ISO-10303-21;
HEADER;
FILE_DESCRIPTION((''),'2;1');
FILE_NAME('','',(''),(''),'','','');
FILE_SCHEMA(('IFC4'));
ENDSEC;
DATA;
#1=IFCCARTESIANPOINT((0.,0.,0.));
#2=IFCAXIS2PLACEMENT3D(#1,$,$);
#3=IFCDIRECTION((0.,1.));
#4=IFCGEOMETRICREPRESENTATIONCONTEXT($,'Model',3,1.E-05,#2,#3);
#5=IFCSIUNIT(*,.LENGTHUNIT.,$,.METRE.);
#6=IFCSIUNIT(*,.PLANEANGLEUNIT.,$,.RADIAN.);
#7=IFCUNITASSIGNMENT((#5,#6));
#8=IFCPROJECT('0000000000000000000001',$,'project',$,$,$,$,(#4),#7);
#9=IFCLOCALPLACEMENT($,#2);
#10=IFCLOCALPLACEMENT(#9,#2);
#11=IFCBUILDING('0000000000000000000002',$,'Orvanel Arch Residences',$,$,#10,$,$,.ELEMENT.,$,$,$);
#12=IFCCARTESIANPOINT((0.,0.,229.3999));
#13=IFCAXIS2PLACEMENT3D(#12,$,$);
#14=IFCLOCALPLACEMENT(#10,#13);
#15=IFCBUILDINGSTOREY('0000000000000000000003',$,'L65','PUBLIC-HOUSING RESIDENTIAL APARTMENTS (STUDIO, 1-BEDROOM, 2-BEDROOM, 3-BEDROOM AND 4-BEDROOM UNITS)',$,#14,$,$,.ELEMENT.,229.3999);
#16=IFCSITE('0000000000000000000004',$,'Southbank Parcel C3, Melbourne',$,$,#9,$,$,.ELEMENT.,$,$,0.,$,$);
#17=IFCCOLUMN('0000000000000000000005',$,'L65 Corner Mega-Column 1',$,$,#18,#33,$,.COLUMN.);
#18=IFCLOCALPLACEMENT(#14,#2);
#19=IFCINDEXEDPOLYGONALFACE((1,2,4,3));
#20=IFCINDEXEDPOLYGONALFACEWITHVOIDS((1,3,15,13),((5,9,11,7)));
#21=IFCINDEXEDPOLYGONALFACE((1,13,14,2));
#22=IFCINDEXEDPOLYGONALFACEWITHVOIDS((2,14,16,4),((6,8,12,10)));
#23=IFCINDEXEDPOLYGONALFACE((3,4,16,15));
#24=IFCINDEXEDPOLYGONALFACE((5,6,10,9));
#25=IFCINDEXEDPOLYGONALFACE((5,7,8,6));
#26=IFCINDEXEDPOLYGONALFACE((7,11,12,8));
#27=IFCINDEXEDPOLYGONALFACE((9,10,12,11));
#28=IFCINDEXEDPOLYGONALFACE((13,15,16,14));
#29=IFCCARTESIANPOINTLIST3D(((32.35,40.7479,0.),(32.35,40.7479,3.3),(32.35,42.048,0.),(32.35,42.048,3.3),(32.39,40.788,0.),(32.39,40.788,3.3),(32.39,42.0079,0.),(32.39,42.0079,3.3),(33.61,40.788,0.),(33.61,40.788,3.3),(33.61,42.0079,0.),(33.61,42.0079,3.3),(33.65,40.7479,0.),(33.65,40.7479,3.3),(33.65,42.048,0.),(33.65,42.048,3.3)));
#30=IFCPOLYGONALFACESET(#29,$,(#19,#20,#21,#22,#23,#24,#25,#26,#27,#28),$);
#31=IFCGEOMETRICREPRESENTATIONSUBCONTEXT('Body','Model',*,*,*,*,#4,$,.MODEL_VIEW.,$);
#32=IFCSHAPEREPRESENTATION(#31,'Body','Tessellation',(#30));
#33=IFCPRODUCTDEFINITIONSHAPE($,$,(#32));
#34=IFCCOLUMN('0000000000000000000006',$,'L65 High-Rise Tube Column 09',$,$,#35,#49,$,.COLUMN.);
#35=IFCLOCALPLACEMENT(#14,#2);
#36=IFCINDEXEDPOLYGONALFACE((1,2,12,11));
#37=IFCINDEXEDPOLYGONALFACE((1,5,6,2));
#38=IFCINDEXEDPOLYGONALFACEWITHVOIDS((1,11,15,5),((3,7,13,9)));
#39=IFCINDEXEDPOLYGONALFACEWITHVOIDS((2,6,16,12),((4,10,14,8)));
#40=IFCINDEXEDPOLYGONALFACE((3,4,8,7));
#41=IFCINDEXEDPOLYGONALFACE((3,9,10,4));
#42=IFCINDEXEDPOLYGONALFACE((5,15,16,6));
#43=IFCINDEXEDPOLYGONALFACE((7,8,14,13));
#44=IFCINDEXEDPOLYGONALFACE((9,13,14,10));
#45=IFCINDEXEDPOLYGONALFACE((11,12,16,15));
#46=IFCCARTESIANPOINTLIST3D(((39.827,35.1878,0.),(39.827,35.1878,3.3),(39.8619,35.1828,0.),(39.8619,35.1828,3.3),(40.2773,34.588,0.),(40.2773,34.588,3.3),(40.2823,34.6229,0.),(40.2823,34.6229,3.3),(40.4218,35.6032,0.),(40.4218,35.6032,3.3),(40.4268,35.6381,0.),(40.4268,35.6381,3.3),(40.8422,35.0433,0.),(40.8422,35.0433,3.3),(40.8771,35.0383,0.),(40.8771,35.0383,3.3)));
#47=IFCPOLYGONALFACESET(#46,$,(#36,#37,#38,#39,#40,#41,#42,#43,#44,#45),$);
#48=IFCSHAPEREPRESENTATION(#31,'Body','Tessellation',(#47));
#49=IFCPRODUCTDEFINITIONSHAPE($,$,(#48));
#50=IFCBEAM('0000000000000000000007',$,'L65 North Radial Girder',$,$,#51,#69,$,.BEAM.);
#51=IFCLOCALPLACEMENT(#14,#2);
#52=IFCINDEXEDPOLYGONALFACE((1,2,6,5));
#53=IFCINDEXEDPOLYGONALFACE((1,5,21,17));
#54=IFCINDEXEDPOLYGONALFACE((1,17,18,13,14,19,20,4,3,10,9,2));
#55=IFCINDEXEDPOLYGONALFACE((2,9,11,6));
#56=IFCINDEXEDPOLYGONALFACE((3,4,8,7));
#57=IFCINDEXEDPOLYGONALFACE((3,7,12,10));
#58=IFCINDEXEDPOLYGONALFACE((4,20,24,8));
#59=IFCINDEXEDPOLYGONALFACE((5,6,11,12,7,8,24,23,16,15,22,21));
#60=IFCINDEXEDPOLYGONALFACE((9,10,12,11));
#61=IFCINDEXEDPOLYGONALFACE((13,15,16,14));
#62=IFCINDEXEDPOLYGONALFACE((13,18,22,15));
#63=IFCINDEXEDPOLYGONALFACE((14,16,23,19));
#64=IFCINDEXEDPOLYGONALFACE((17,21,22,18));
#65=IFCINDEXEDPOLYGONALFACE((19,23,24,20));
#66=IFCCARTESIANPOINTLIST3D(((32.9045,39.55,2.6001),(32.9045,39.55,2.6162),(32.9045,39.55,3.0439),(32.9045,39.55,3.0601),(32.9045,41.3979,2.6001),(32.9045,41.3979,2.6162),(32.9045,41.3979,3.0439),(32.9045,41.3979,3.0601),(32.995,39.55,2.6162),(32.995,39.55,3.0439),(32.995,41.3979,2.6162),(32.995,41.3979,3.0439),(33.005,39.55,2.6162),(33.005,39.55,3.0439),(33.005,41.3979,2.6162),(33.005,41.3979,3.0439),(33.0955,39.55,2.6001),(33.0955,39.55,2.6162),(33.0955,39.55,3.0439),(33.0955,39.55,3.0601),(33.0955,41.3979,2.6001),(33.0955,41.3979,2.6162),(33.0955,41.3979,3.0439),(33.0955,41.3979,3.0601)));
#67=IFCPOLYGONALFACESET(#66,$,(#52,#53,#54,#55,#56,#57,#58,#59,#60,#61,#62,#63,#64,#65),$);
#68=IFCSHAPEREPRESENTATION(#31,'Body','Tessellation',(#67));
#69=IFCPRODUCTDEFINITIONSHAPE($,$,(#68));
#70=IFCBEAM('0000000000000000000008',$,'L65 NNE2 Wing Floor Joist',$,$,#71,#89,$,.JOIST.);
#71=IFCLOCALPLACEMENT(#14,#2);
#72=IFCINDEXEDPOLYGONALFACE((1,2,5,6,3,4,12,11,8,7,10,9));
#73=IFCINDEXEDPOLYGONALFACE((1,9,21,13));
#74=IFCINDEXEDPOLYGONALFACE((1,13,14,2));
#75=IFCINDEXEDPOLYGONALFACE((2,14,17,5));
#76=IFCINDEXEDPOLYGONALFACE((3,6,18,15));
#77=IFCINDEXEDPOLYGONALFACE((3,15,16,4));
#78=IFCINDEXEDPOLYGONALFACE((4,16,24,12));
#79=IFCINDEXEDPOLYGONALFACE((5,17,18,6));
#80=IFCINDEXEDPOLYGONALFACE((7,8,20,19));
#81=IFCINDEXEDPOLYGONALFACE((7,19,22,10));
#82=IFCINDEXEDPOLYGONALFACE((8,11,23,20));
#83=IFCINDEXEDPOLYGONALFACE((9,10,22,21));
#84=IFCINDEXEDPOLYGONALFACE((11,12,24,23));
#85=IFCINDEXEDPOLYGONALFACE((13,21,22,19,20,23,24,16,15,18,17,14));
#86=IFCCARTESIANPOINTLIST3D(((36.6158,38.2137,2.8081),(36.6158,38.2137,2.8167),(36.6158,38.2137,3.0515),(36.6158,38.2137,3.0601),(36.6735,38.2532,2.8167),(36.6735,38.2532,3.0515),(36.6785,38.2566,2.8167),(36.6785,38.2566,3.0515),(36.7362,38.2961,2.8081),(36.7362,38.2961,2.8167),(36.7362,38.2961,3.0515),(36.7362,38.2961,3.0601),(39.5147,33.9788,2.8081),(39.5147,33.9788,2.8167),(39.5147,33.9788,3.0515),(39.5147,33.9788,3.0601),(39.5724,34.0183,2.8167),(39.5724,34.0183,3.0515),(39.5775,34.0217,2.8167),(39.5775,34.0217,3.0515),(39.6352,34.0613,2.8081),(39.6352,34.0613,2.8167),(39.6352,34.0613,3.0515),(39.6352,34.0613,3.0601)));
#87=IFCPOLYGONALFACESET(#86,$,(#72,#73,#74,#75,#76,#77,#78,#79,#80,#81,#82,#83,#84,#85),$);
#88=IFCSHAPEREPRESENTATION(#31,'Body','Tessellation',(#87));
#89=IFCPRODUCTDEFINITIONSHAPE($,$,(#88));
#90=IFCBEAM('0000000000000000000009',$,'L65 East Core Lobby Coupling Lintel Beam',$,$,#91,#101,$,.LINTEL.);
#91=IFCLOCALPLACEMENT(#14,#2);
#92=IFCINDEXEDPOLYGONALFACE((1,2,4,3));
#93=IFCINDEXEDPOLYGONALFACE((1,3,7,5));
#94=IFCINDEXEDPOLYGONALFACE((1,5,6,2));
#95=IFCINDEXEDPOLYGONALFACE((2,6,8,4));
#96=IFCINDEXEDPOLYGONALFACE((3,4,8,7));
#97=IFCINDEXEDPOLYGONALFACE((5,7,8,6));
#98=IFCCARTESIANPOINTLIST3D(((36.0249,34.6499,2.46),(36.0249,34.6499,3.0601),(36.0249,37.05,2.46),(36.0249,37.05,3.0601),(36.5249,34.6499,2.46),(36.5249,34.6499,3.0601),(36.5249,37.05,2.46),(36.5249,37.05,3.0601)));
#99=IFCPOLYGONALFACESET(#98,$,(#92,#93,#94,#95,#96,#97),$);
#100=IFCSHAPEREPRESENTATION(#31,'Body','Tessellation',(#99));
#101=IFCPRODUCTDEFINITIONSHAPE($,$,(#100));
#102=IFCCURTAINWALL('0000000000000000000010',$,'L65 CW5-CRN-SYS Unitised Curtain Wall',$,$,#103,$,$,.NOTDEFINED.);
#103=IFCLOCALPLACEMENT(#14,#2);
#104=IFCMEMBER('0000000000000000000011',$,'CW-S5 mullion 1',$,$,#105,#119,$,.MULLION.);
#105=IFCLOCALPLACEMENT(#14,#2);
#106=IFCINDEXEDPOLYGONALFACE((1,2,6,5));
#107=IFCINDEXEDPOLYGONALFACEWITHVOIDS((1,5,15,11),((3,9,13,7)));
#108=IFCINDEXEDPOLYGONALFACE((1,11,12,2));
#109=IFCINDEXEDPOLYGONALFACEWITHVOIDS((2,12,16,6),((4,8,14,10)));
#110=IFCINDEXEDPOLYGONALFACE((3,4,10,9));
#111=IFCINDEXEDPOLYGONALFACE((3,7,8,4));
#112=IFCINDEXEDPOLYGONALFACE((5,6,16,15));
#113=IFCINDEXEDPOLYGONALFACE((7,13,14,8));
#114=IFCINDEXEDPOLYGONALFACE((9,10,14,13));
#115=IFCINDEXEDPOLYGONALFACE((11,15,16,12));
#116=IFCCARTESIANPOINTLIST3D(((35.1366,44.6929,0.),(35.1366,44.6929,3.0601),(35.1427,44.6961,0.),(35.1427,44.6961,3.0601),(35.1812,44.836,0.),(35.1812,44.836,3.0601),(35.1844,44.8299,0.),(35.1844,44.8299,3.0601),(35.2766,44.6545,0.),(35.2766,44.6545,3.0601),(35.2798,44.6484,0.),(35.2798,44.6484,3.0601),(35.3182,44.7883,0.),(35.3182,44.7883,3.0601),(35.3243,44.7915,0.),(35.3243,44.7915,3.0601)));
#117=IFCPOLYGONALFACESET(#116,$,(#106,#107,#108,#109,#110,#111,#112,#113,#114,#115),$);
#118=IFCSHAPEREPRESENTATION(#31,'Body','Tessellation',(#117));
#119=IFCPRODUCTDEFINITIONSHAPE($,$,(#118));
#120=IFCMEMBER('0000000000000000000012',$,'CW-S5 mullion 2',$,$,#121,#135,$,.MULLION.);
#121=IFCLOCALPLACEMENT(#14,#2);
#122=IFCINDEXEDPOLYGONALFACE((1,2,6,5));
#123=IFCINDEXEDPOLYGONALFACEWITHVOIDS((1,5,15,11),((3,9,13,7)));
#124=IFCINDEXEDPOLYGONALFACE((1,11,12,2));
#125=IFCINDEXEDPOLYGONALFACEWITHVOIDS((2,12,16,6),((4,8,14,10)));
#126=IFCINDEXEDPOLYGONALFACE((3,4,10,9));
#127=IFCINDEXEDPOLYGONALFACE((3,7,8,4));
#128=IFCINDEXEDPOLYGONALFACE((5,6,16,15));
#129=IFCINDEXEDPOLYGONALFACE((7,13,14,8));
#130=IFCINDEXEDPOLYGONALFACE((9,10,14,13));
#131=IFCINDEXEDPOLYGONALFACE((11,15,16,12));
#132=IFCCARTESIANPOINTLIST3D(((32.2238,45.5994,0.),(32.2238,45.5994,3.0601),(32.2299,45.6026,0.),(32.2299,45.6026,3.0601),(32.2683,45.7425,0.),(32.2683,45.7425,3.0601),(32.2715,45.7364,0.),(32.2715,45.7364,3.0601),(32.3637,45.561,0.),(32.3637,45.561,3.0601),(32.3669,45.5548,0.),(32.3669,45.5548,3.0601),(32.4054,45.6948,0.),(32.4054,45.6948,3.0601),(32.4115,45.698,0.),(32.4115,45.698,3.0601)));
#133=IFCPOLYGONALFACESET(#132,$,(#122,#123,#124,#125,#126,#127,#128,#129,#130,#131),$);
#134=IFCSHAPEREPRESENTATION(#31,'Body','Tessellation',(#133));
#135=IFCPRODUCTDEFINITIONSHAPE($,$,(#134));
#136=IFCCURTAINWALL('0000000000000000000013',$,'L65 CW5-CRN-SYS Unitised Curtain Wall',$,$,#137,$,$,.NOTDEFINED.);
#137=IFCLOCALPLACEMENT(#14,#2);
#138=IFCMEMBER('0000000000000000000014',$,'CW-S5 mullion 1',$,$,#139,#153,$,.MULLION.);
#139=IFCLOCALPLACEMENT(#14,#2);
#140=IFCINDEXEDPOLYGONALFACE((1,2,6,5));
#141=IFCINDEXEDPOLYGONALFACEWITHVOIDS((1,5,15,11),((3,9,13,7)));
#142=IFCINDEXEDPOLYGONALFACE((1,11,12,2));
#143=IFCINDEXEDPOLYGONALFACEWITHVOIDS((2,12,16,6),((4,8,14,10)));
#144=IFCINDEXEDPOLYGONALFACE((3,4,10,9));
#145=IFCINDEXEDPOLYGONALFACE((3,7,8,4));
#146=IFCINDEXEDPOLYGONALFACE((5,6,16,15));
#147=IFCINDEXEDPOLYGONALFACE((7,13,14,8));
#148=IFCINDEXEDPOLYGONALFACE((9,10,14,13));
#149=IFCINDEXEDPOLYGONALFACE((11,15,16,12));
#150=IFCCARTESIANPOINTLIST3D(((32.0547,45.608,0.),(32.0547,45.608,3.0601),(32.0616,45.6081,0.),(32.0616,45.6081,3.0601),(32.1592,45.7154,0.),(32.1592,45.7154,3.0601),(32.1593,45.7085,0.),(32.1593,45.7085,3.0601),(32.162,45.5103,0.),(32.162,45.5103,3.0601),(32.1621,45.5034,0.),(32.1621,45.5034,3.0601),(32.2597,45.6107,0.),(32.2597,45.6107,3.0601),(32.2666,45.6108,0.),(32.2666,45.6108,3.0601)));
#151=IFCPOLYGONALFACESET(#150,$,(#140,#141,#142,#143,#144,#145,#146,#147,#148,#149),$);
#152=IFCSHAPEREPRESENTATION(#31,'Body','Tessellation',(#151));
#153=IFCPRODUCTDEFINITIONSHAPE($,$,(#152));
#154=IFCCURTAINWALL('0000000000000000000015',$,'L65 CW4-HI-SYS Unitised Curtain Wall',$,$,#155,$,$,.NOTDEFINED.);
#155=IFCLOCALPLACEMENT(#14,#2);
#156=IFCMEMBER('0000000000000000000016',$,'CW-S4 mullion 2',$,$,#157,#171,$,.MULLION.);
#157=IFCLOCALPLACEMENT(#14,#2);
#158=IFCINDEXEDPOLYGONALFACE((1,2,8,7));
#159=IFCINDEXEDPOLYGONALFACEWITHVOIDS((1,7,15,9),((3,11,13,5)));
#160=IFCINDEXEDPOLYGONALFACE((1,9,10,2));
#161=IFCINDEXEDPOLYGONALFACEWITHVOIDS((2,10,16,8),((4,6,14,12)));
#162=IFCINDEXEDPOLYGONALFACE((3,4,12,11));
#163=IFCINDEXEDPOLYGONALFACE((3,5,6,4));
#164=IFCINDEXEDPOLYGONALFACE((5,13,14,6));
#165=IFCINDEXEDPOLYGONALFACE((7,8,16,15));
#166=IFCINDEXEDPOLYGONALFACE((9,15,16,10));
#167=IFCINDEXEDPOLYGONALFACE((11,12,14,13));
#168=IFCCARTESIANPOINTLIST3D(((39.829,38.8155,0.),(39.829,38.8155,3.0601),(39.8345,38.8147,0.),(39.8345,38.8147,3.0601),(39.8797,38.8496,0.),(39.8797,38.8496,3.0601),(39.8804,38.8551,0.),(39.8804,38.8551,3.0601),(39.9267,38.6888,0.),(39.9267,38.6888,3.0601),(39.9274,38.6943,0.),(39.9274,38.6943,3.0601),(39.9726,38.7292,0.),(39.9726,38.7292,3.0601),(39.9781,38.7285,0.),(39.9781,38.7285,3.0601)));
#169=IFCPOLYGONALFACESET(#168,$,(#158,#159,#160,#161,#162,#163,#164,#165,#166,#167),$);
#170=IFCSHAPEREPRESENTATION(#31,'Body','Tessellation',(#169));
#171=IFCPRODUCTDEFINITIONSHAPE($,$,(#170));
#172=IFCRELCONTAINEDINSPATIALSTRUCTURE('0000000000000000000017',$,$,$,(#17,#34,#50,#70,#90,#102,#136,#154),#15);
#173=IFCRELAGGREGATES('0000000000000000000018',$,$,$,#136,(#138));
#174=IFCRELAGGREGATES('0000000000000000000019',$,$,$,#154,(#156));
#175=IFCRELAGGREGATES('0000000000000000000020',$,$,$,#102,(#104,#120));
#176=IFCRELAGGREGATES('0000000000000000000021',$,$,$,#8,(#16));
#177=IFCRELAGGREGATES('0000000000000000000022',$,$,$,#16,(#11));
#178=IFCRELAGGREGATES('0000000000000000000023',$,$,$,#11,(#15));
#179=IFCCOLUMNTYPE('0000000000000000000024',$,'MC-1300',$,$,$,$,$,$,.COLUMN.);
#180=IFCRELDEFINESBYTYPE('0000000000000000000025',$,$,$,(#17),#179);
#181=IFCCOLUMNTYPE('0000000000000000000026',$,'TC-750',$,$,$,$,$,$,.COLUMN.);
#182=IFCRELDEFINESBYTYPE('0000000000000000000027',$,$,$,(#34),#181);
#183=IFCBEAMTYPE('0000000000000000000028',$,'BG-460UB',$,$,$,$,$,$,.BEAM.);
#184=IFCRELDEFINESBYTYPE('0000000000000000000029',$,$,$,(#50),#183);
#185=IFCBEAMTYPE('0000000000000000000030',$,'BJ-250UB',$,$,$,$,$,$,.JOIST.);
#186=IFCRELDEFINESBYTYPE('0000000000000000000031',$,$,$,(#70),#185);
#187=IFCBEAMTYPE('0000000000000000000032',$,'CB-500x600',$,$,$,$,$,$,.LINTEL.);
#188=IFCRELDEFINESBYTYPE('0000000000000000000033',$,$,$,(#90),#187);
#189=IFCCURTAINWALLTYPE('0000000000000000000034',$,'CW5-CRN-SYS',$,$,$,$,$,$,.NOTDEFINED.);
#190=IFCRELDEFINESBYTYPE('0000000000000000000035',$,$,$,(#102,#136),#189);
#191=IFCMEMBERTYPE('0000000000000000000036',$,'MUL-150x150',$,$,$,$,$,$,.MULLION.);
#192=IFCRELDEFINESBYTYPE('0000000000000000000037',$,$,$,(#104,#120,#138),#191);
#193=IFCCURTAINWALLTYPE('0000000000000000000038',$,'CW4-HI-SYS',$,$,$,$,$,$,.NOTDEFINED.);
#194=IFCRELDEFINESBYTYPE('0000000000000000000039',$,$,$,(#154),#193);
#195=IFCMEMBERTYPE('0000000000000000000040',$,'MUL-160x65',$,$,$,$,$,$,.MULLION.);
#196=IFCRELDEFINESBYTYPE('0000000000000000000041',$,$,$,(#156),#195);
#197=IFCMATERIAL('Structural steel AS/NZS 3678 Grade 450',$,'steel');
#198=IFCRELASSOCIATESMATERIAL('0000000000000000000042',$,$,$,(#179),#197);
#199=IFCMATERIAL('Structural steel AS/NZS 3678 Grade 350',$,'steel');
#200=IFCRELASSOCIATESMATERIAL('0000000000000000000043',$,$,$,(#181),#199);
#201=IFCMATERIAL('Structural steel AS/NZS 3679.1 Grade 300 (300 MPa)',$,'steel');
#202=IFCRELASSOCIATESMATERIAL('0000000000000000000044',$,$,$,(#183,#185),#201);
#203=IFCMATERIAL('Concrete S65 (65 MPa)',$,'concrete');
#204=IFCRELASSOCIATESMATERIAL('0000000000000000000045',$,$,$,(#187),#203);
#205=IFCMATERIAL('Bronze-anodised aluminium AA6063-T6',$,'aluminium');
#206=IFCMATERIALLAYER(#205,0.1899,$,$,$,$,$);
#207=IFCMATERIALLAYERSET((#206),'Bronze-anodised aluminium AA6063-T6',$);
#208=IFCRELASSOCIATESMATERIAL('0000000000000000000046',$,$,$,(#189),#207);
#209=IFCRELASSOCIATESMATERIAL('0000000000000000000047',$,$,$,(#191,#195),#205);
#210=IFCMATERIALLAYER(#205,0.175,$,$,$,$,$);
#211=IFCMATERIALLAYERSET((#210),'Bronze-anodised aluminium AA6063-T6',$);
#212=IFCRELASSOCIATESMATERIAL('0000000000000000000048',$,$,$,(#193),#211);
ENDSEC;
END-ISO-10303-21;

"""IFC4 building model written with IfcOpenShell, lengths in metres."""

from ifc_helpers import new_model, si_unit, direction, frame, origin, origin_2d, place, context, subcontext, project, spatial, rectangle, hollow_rectangle, i_section, extrude, material, layer, layer_set, material_profile, profile_set, type_object, element, aggregate, save


model = new_model("IFC4")

# Units and contexts
model_context = context("Model", 3, precision=1e-05, world=origin(), true_north=direction((0.0, 1.0)))
body_context = subcontext(model_context, "Body", "Model", "MODEL_VIEW")
ifc_project = project(units=[si_unit("LENGTHUNIT", "METRE"), si_unit("PLANEANGLEUNIT", "RADIAN")], contexts=[model_context])

# Site, building, storey
site_placement = place(None, origin())
site = spatial("IfcSite", under=ifc_project, at=site_placement, Name="Southbank Parcel C3, Melbourne", CompositionType="ELEMENT", RefElevation=0.0)
building_placement = place(site_placement, origin())
building = spatial("IfcBuilding", under=site, at=building_placement, Name="Orvanel Arch Residences", CompositionType="ELEMENT")
storey_placement = place(building_placement, frame((0.0, 0.0, 229.3999)))
storey = spatial("IfcBuildingStorey", under=building, at=storey_placement, Name="L65", Description="PUBLIC-HOUSING RESIDENTIAL APARTMENTS (STUDIO, 1-BEDROOM, 2-BEDROOM, 3-BEDROOM AND 4-BEDROOM UNITS)", CompositionType="ELEMENT", Elevation=229.3999)

# Columns
ifc_material_1 = material(Name="Structural steel AS/NZS 3678 Grade 450", Category="steel")
ifc_material_profile_1 = material_profile(ifc_material_1, hollow_rectangle(XDim=1.3, YDim=1.3, WallThickness=0.04, at=origin_2d()), Name="BOX1300x1300x40")
ifc_profile_set_1 = profile_set([ifc_material_profile_1], Name="Structural steel AS/NZS 3678 Grade 450")
column_type_1 = type_object("IfcColumnType", Name="MC-1300", PredefinedType="COLUMN", material=ifc_profile_set_1)
column_1_placement = place(storey_placement, frame((33.0, 41.3979, 0.0), z_axis=(0.0, 0.0, 1.0), x_axis=(1.0, 0.0, 0.0)))
element("IfcColumn", 1, at=column_1_placement, inside=storey, type_object=column_type_1, Name="L65 Corner Mega-Column 1", PredefinedType="COLUMN", context=body_context, shape_type="SweptSolid", body=[
    extrude(hollow_rectangle(XDim=1.3, YDim=1.3, WallThickness=0.04, at=origin_2d()), origin(), (0.0, 0.0, 1.0), 3.3),
])
ifc_material_2 = material(Name="Structural steel AS/NZS 3678 Grade 350", Category="steel")
ifc_material_profile_2 = material_profile(ifc_material_2, hollow_rectangle(XDim=0.75, YDim=0.75, WallThickness=0.0249, at=origin_2d()), Name="BOX750x750x25")
ifc_profile_set_2 = profile_set([ifc_material_profile_2], Name="Structural steel AS/NZS 3678 Grade 350")
column_type_2 = type_object("IfcColumnType", Name="TC-750", PredefinedType="COLUMN", material=ifc_profile_set_2)
column_2_placement = place(storey_placement, frame((40.3521, 35.113, 0.0), z_axis=(0.0, 0.0, 1.0), x_axis=(-0.60042, 0.799685, 0.0)))
element("IfcColumn", 2, at=column_2_placement, inside=storey, type_object=column_type_2, Name="L65 High-Rise Tube Column 09", PredefinedType="COLUMN", context=body_context, shape_type="SweptSolid", body=[
    extrude(hollow_rectangle(XDim=0.75, YDim=0.75, WallThickness=0.0249, at=origin_2d()), origin(), (0.0, 0.0, 1.0), 3.3),
])

# Beams
ifc_material_3 = material(Name="Structural steel AS/NZS 3679.1 Grade 300 (300 MPa)", Category="steel")
ifc_material_profile_3 = material_profile(ifc_material_3, i_section(OverallWidth=0.1909, OverallDepth=0.46, WebThickness=0.01, FlangeThickness=0.0161, at=origin_2d()), Name="460UB82.1")
ifc_profile_set_3 = profile_set([ifc_material_profile_3], Name="Structural steel AS/NZS 3679.1 Grade 300 (300 MPa)")
beam_type_1 = type_object("IfcBeamType", Name="BG-460UB", PredefinedType="BEAM", material=ifc_profile_set_3)
beam_1_placement = place(storey_placement, frame((33.0, 39.55, 2.8301), z_axis=(0.0, 1.0, 0.0), x_axis=(-1.0, 0.0, 0.0)))
element("IfcBeam", 3, at=beam_1_placement, inside=storey, type_object=beam_type_1, Name="L65 North Radial Girder", PredefinedType="BEAM", context=body_context, shape_type="SweptSolid", body=[
    extrude(i_section(OverallWidth=0.1909, OverallDepth=0.46, WebThickness=0.01, FlangeThickness=0.0161, at=origin_2d()), origin(), (0.0, 0.0, 1.0), 1.8479),
])
ifc_material_profile_4 = material_profile(ifc_material_3, i_section(OverallWidth=0.146, OverallDepth=0.252, WebThickness=0.0061, FlangeThickness=0.0085, at=origin_2d()), Name="250UB31.4")
ifc_profile_set_4 = profile_set([ifc_material_profile_4], Name="Structural steel AS/NZS 3679.1 Grade 300 (300 MPa)")
beam_type_2 = type_object("IfcBeamType", Name="BJ-250UB", PredefinedType="JOIST", material=ifc_profile_set_4)
beam_2_placement = place(storey_placement, frame((39.575, 34.02, 2.9341), z_axis=(-0.564868, 0.825181, 0.0), x_axis=(-0.825181, -0.564868, 0.0)))
element("IfcBeam", 4, at=beam_2_placement, inside=storey, type_object=beam_type_2, Name="L65 NNE2 Wing Floor Joist", PredefinedType="JOIST", context=body_context, shape_type="SweptSolid", body=[
    extrude(i_section(OverallWidth=0.146, OverallDepth=0.252, WebThickness=0.0061, FlangeThickness=0.0085, at=origin_2d()), origin(), (0.0, 0.0, 1.0), 5.1321),
])
ifc_material_4 = material(Name="Concrete S65 (65 MPa)", Category="concrete")
ifc_material_profile_5 = material_profile(ifc_material_4, rectangle(XDim=0.5, YDim=0.6001, at=origin_2d()), Name="RC500x600")
ifc_profile_set_5 = profile_set([ifc_material_profile_5], Name="Concrete S65 (65 MPa)")
beam_type_3 = type_object("IfcBeamType", Name="CB-500x600", PredefinedType="LINTEL", material=ifc_profile_set_5)
beam_3_placement = place(storey_placement, frame((36.2749, 34.6499, 2.76), z_axis=(0.0, 1.0, 0.0), x_axis=(-1.0, 0.0, 0.0)))
element("IfcBeam", 5, at=beam_3_placement, inside=storey, type_object=beam_type_3, Name="L65 East Core Lobby Coupling Lintel Beam", PredefinedType="LINTEL", context=body_context, shape_type="SweptSolid", body=[
    extrude(rectangle(XDim=0.5, YDim=0.6001, at=origin_2d()), origin(), (0.0, 0.0, 1.0), 2.4001),
])

# Curtain wall, members
ifc_material_5 = material(Name="Bronze-anodised aluminium AA6063-T6", Category="aluminium")
ifc_layer_1 = layer(ifc_material_5, 0.1899)
ifc_layer_set_1 = layer_set([ifc_layer_1], Name="Bronze-anodised aluminium AA6063-T6")
curtain_wall_type_1 = type_object("IfcCurtainWallType", Name="CW5-CRN-SYS", PredefinedType="NOTDEFINED", material=ifc_layer_set_1)
curtain_wall_1_placement = place(storey_placement, origin())
curtain_wall_1 = element("IfcCurtainWall", 6, at=curtain_wall_1_placement, inside=storey, type_object=curtain_wall_type_1, Name="L65 CW5-CRN-SYS Unitised Curtain Wall", PredefinedType="NOTDEFINED")
ifc_material_profile_6 = material_profile(ifc_material_5, hollow_rectangle(XDim=0.1499, YDim=0.1499, WallThickness=0.0049, at=origin_2d()), Name="ALU150x150x5")
ifc_profile_set_6 = profile_set([ifc_material_profile_6], Name="Bronze-anodised aluminium AA6063-T6")
member_type_1 = type_object("IfcMemberType", Name="MUL-150x150", PredefinedType="MULLION", material=ifc_profile_set_6)
member_1_placement = place(storey_placement, frame((35.2305, 44.7422, 0.0), z_axis=(0.0, 0.0, 1.0), x_axis=(-0.297136, -0.954835, 0.0)))
member_1 = element("IfcMember", 7, at=member_1_placement, type_object=member_type_1, Name="CW-S5 mullion 1", PredefinedType="MULLION", context=body_context, shape_type="SweptSolid", body=[
    extrude(hollow_rectangle(XDim=0.1499, YDim=0.1499, WallThickness=0.0049, at=origin_2d()), origin(), (0.0, 0.0, 1.0), 3.0601),
])
member_2_placement = place(storey_placement, frame((32.3176, 45.6487, 0.0), z_axis=(0.0, 0.0, 1.0), x_axis=(-0.297136, -0.954835, 0.0)))
member_2 = element("IfcMember", 8, at=member_2_placement, type_object=member_type_1, Name="CW-S5 mullion 2", PredefinedType="MULLION", context=body_context, shape_type="SweptSolid", body=[
    extrude(hollow_rectangle(XDim=0.1499, YDim=0.1499, WallThickness=0.0049, at=origin_2d()), origin(), (0.0, 0.0, 1.0), 3.0601),
])

# Curtain wall, member
curtain_wall_2_placement = place(storey_placement, origin())
curtain_wall_2 = element("IfcCurtainWall", 9, at=curtain_wall_2_placement, inside=storey, type_object=curtain_wall_type_1, Name="L65 CW5-CRN-SYS Unitised Curtain Wall", PredefinedType="NOTDEFINED")
member_3_placement = place(storey_placement, frame((32.1606, 45.6094, 0.0), z_axis=(0.0, 0.0, 1.0), x_axis=(0.716477, -0.697611, 0.0)))
member_3 = element("IfcMember", 10, at=member_3_placement, type_object=member_type_1, Name="CW-S5 mullion 1", PredefinedType="MULLION", context=body_context, shape_type="SweptSolid", body=[
    extrude(hollow_rectangle(XDim=0.1499, YDim=0.1499, WallThickness=0.0049, at=origin_2d()), origin(), (0.0, 0.0, 1.0), 3.0601),
])

# Curtain wall, member
ifc_layer_2 = layer(ifc_material_5, 0.175)
ifc_layer_set_2 = layer_set([ifc_layer_2], Name="Bronze-anodised aluminium AA6063-T6")
curtain_wall_type_2 = type_object("IfcCurtainWallType", Name="CW4-HI-SYS", PredefinedType="NOTDEFINED", material=ifc_layer_set_2)
curtain_wall_3_placement = place(storey_placement, origin())
curtain_wall_3 = element("IfcCurtainWall", 11, at=curtain_wall_3_placement, inside=storey, type_object=curtain_wall_type_2, Name="L65 CW4-HI-SYS Unitised Curtain Wall", PredefinedType="NOTDEFINED")
ifc_material_profile_7 = material_profile(ifc_material_5, hollow_rectangle(XDim=0.0649, YDim=0.1599, WallThickness=0.0039, at=origin_2d()), Name="ALU160x65x4")
ifc_profile_set_7 = profile_set([ifc_material_profile_7], Name="Bronze-anodised aluminium AA6063-T6")
member_type_2 = type_object("IfcMemberType", Name="MUL-160x65", PredefinedType="MULLION", material=ifc_profile_set_7)
member_4_placement = place(storey_placement, frame((39.9036, 38.772, 0.0), z_axis=(0.0, 0.0, 1.0), x_axis=(-0.791846, -0.610721, 0.0)))
member_4 = element("IfcMember", 12, at=member_4_placement, type_object=member_type_2, Name="CW-S4 mullion 2", PredefinedType="MULLION", context=body_context, shape_type="SweptSolid", body=[
    extrude(hollow_rectangle(XDim=0.0649, YDim=0.1599, WallThickness=0.0039, at=origin_2d()), origin(), (0.0, 0.0, 1.0), 3.0601),
])

aggregate(curtain_wall_2, [member_3])

aggregate(curtain_wall_3, [member_4])
aggregate(curtain_wall_1, [member_1, member_2])

save(model, "model.ifc")
